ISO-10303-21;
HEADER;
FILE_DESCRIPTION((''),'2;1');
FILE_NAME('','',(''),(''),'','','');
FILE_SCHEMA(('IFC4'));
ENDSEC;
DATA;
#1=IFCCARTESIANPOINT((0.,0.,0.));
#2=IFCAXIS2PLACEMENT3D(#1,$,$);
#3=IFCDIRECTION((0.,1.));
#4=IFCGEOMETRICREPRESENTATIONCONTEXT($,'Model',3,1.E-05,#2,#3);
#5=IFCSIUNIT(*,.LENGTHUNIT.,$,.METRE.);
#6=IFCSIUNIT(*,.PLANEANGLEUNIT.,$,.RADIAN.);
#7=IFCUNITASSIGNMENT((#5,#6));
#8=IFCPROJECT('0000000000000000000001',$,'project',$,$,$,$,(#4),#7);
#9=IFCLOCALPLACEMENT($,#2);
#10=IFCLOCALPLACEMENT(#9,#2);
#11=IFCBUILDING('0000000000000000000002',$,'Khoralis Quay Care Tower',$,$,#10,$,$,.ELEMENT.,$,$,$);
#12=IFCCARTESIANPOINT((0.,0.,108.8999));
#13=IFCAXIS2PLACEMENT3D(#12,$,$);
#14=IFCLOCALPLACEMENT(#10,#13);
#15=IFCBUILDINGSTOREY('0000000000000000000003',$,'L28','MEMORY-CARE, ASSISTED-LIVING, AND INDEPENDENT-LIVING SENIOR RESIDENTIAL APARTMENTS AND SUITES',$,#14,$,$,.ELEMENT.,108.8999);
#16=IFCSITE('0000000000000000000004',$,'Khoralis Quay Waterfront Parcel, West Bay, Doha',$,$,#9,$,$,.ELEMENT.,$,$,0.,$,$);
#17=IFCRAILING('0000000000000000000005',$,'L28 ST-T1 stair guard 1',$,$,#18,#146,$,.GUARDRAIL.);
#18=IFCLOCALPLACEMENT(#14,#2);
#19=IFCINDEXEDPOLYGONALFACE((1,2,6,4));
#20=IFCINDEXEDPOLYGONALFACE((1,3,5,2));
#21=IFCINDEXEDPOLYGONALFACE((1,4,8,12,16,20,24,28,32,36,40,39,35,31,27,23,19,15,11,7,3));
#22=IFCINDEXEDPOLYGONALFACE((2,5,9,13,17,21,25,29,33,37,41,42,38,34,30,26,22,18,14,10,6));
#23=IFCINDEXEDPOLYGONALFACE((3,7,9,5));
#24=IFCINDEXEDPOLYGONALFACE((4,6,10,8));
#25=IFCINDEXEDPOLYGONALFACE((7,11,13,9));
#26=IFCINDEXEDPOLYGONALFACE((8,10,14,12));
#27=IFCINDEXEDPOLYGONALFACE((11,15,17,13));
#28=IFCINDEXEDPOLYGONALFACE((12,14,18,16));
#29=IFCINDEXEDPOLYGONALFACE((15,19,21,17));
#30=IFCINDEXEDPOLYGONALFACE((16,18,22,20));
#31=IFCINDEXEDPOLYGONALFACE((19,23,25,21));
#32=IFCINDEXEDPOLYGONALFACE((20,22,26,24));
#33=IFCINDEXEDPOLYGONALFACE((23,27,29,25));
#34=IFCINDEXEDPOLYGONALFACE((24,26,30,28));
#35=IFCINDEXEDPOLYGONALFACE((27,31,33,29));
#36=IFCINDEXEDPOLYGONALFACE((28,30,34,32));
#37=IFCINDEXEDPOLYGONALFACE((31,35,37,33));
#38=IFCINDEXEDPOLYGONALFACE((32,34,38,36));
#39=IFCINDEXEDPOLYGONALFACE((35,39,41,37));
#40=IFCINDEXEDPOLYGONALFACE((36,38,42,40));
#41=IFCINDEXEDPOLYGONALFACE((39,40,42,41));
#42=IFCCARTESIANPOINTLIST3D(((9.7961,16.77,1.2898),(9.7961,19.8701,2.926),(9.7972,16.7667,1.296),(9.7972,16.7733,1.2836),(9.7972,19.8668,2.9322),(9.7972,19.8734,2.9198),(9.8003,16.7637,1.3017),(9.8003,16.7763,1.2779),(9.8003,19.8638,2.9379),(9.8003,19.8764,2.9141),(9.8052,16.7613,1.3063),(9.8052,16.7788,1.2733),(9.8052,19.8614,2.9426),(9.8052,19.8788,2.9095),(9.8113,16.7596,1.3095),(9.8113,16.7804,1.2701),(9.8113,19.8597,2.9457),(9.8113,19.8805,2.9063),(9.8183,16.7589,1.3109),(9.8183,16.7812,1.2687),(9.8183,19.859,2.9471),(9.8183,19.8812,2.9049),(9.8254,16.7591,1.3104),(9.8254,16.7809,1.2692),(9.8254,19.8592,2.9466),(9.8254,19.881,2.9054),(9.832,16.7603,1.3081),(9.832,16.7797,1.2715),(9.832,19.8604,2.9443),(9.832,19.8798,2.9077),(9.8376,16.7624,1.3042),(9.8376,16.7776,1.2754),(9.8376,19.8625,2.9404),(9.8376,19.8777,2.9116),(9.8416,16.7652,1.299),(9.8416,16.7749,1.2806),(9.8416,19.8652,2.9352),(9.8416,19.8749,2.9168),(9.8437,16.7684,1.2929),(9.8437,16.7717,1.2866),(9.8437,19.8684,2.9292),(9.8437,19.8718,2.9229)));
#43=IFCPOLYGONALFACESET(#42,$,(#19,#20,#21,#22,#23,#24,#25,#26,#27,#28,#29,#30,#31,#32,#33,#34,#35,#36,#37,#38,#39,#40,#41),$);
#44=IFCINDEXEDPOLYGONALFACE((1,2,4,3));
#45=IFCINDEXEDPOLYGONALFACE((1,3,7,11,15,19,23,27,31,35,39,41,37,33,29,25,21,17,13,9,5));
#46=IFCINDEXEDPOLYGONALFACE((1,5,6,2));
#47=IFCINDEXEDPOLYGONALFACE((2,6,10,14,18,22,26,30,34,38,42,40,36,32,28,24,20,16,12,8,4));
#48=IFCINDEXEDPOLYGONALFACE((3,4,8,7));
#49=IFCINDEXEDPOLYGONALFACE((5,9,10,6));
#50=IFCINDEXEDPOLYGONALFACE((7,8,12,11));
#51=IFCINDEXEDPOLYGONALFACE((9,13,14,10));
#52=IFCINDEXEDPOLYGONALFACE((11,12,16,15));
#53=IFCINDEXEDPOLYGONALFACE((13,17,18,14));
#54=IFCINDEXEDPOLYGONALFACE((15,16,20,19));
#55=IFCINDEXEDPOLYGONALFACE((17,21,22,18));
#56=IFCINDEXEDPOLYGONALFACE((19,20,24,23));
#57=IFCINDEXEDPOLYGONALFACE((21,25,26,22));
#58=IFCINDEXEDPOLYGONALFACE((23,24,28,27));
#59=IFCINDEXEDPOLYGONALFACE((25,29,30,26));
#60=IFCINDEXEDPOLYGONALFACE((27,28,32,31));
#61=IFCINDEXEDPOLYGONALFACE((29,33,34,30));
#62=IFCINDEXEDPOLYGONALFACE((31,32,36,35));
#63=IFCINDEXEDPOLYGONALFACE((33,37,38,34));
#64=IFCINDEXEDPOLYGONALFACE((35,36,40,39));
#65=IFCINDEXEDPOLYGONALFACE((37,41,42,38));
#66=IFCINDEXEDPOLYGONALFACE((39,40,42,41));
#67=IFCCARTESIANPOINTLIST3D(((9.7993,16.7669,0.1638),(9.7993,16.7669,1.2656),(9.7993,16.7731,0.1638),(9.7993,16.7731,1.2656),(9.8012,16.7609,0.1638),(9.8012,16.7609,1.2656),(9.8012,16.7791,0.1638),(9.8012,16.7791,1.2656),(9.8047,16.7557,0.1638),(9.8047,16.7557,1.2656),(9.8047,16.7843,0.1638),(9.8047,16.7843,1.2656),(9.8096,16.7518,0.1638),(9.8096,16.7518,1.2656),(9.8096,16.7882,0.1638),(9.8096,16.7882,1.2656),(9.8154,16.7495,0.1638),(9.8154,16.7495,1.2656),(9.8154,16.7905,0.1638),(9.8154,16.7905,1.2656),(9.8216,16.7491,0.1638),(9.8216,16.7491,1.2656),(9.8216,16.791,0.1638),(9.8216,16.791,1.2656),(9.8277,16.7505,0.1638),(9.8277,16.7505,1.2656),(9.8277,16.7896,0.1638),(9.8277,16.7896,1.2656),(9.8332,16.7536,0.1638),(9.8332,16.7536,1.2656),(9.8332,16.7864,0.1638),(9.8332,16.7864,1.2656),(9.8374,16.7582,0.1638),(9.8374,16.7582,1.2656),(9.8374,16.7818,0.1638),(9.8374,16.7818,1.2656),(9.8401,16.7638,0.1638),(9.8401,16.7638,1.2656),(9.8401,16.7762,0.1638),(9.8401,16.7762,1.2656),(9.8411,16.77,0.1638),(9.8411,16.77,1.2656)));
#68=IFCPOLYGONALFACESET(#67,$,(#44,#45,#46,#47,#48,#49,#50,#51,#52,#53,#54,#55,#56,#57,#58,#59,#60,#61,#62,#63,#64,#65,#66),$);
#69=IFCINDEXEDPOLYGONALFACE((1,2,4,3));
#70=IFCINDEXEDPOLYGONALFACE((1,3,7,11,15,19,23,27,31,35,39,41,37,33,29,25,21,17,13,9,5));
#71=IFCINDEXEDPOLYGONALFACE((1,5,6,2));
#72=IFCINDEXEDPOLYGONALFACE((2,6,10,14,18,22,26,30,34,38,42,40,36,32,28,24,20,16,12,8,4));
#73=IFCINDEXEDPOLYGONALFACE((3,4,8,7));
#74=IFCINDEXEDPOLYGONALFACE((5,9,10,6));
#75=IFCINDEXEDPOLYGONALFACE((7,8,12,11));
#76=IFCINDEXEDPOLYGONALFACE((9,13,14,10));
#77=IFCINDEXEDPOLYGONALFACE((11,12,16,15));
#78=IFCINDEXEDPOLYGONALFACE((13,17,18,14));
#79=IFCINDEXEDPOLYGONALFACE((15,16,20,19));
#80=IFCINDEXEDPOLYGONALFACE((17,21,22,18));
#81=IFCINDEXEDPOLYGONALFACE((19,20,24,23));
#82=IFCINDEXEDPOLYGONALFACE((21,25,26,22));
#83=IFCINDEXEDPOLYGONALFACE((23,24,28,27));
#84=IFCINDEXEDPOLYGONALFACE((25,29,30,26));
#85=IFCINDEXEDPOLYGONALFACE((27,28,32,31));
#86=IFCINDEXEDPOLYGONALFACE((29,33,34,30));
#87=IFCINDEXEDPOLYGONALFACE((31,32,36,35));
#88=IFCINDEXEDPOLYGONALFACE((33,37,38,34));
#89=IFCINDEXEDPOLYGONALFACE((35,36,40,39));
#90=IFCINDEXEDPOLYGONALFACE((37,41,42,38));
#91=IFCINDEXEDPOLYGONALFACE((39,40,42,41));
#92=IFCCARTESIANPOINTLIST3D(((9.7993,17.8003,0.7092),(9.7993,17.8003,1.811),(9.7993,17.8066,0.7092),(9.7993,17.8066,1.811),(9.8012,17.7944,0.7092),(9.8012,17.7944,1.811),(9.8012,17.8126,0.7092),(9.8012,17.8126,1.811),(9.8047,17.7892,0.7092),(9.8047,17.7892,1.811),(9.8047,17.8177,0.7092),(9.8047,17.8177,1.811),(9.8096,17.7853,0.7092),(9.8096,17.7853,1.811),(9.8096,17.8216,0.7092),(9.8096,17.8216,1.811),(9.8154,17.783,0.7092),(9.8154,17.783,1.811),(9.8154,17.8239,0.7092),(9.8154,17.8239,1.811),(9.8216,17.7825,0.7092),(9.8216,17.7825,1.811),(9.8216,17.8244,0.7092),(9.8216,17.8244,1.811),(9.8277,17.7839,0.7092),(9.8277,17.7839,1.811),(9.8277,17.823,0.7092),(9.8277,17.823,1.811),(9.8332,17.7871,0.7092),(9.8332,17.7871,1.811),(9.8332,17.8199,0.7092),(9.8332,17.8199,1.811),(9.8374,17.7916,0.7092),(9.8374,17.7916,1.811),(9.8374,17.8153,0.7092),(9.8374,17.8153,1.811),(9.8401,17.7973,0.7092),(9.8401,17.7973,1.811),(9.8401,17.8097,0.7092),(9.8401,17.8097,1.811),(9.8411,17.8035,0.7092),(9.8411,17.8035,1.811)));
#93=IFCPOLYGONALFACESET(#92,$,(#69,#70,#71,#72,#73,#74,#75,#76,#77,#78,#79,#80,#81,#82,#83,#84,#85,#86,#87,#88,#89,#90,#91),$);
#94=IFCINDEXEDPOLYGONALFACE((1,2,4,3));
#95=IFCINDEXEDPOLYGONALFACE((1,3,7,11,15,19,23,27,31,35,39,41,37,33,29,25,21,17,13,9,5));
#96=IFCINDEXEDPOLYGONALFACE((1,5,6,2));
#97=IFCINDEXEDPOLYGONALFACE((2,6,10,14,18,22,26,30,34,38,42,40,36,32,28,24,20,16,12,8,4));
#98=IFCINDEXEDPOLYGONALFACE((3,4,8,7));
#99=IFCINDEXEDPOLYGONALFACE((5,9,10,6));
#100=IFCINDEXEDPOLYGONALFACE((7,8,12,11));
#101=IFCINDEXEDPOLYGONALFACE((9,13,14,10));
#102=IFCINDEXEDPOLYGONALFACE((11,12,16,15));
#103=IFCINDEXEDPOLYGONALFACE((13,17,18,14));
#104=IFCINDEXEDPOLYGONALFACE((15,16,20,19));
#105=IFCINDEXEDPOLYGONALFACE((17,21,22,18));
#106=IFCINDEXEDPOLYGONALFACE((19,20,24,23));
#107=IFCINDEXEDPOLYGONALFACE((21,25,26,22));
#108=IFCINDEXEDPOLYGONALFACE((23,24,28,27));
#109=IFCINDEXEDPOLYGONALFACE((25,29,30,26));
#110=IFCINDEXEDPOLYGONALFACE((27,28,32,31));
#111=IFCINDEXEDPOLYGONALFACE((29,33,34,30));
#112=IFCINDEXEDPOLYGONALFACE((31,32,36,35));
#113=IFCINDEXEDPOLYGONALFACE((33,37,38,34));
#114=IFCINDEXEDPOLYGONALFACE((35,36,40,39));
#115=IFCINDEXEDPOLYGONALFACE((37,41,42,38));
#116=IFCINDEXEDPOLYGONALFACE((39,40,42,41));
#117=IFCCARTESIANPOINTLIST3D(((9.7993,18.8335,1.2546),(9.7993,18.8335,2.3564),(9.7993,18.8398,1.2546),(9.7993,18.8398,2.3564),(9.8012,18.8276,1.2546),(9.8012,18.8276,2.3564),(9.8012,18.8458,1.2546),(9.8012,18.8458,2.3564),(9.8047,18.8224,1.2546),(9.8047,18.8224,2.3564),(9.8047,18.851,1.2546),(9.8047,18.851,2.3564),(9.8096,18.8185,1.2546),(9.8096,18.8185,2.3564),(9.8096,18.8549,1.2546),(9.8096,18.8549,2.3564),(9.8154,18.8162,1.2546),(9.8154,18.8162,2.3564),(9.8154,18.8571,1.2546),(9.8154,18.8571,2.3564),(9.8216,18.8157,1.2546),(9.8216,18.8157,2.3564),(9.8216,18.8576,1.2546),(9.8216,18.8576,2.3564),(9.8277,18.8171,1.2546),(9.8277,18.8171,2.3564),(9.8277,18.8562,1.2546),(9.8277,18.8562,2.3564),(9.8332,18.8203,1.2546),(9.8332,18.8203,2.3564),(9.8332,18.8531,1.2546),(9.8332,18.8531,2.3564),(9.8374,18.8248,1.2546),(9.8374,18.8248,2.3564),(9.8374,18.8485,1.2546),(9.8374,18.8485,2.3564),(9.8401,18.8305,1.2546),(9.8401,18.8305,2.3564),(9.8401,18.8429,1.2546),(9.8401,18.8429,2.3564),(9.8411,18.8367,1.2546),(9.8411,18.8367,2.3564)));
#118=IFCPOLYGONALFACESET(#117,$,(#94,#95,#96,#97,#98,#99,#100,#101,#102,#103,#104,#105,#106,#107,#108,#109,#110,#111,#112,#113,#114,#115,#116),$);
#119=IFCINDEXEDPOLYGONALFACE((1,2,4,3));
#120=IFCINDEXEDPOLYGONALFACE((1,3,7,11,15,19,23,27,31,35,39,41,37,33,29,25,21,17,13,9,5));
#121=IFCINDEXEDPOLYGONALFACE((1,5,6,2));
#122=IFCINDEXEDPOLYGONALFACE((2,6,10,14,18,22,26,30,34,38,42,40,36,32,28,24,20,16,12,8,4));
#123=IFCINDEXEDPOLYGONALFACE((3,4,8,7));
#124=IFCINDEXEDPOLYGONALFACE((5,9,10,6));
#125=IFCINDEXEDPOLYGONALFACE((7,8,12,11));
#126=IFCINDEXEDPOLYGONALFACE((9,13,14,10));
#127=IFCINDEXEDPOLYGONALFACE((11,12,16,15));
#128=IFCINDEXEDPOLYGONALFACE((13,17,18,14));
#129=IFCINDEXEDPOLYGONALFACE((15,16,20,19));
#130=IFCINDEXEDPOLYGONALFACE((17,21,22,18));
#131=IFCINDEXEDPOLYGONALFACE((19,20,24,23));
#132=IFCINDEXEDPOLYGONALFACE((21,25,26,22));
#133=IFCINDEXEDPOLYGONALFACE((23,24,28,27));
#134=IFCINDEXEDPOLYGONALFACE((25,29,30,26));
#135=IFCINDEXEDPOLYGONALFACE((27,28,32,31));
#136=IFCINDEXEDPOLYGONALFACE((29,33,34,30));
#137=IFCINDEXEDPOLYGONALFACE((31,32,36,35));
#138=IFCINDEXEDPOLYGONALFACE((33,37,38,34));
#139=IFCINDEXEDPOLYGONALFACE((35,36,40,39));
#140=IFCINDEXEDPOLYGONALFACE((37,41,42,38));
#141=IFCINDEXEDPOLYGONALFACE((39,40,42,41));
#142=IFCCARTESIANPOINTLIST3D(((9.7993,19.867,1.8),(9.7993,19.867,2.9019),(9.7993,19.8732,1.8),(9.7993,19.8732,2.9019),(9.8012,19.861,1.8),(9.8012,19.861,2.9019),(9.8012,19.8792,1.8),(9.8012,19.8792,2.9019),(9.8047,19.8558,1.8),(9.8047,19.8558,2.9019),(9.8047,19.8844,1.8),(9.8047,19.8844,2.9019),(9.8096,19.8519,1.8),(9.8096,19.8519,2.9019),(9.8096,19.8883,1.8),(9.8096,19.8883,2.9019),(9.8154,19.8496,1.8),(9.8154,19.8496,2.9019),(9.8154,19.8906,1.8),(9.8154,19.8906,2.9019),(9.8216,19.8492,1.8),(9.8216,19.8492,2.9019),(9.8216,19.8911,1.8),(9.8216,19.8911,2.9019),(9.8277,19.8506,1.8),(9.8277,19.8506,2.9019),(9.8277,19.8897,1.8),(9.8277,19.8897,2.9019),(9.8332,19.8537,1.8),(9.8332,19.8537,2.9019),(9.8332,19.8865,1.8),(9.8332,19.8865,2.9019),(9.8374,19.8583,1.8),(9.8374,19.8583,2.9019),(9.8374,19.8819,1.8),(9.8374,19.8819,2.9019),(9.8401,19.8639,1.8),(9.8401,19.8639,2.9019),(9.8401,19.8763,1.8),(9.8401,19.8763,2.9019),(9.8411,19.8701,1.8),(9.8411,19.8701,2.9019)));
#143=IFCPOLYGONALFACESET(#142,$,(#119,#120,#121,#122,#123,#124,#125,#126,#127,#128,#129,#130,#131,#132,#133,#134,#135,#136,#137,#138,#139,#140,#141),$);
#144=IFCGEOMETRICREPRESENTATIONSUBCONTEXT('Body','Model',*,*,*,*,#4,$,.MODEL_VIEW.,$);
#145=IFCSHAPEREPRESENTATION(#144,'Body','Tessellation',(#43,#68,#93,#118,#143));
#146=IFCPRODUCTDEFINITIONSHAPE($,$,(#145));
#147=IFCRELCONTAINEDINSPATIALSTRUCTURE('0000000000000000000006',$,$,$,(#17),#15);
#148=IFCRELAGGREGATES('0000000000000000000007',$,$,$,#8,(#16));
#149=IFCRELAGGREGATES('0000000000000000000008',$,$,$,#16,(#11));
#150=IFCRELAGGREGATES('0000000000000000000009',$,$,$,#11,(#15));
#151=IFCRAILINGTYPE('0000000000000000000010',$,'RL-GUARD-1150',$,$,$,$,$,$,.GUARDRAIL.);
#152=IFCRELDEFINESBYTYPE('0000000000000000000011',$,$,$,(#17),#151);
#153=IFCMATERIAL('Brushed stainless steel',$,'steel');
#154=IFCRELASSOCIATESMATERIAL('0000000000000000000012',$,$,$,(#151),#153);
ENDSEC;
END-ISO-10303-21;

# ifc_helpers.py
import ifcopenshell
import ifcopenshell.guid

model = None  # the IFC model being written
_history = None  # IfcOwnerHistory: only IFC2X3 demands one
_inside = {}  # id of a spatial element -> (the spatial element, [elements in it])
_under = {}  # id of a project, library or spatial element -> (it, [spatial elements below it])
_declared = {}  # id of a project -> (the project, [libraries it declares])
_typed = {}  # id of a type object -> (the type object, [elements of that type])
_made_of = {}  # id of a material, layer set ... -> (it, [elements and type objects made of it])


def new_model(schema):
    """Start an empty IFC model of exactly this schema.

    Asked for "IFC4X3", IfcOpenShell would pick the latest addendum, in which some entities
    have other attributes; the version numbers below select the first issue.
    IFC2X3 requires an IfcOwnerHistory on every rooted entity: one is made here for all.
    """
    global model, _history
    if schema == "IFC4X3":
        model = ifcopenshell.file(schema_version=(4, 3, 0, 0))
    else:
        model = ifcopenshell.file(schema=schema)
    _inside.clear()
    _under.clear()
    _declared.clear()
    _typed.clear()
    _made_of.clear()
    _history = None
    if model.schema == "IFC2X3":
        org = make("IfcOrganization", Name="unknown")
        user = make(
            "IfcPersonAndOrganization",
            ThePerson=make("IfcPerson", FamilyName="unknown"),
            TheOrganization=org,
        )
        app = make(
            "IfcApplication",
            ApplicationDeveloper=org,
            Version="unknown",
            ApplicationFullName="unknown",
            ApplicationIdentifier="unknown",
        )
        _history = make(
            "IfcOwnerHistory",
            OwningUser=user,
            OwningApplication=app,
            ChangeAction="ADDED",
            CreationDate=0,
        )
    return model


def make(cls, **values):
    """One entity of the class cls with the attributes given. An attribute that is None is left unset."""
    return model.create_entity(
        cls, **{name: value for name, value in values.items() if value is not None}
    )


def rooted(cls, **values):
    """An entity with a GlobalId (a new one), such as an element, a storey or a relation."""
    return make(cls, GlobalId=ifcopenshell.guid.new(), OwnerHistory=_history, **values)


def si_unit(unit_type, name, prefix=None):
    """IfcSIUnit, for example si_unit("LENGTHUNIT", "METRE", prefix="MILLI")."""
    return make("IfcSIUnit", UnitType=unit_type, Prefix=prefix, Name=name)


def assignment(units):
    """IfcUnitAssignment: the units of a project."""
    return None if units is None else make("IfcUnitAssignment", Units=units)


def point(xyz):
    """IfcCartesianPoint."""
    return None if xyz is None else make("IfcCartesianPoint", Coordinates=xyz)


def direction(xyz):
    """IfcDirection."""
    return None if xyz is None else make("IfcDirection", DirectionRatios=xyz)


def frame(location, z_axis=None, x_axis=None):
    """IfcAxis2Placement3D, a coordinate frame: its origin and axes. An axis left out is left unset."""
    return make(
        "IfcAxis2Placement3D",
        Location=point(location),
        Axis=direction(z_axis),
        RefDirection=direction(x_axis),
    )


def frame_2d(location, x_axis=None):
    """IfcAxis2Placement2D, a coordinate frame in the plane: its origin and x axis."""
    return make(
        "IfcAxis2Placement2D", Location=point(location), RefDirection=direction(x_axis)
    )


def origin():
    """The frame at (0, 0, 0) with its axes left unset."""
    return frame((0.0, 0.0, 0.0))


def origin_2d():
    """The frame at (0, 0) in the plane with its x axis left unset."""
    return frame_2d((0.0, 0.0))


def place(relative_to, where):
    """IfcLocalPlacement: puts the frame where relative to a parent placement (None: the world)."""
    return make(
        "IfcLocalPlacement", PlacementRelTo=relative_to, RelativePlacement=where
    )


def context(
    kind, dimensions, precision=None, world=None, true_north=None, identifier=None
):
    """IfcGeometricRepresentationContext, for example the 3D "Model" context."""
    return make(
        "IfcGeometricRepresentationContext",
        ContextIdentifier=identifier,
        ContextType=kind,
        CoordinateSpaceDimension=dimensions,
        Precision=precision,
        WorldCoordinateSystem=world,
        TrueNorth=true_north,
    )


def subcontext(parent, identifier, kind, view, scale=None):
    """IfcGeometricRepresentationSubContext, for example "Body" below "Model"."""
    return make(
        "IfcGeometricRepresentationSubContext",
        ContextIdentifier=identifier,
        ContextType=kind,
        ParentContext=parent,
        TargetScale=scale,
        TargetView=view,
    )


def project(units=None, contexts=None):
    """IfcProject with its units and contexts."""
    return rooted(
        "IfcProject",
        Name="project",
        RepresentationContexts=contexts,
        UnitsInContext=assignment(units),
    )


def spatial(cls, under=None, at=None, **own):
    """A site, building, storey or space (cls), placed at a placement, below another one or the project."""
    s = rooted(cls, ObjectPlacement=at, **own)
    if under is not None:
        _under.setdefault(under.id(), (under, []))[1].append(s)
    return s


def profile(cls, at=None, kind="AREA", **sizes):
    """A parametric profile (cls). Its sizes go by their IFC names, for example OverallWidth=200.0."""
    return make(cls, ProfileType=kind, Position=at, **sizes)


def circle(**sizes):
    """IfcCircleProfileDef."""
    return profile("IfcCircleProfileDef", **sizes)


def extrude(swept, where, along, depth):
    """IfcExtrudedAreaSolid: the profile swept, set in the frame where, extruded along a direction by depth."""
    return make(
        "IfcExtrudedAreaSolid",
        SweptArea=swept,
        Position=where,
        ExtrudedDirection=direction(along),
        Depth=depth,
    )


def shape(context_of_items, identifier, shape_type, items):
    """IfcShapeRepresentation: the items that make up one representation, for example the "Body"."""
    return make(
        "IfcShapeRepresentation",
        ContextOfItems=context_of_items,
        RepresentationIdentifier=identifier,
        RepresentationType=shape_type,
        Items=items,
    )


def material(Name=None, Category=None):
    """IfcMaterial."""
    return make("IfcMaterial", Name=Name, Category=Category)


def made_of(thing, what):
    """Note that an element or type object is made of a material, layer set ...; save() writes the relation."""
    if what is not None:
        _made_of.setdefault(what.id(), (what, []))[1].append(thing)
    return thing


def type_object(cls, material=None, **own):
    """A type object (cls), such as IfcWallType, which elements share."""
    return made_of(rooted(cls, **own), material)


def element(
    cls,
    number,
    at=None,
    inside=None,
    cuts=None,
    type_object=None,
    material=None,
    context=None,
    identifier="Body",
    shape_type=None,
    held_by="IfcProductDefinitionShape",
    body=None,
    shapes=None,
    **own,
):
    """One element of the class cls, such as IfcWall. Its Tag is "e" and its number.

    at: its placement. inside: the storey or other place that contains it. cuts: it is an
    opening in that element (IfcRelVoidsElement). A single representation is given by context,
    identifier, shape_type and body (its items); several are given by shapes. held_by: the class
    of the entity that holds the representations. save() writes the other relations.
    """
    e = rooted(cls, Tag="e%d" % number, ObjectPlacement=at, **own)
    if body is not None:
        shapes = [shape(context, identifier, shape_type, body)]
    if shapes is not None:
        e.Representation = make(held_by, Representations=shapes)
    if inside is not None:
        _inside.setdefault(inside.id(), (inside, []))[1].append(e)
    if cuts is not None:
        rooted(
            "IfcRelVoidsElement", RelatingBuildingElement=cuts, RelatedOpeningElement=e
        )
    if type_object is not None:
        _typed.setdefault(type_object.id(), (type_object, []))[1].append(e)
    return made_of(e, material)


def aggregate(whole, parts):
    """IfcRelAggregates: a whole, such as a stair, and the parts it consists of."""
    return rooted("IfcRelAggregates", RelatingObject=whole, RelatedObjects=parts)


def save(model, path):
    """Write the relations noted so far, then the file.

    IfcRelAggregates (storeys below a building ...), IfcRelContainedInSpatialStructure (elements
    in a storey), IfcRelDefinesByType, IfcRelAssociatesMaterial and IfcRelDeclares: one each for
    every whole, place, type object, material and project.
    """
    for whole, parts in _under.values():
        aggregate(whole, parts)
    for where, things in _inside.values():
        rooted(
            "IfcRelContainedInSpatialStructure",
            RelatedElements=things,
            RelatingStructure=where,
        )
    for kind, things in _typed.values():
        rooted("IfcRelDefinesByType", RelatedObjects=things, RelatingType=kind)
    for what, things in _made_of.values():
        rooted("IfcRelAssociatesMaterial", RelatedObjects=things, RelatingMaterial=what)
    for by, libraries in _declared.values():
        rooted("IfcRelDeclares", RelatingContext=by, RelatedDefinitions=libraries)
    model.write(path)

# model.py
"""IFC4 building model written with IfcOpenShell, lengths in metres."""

from ifc_helpers import new_model, si_unit, direction, frame, origin, origin_2d, place, context, subcontext, project, spatial, circle, extrude, material, type_object, element, save


model = new_model("IFC4")

# Units and contexts
model_context = context("Model", 3, precision=1e-05, world=origin(), true_north=direction((0.0, 1.0)))
body_context = subcontext(model_context, "Body", "Model", "MODEL_VIEW")
ifc_project = project(units=[si_unit("LENGTHUNIT", "METRE"), si_unit("PLANEANGLEUNIT", "RADIAN")], contexts=[model_context])

# Site, building, storey
site_placement = place(None, origin())
site = spatial("IfcSite", under=ifc_project, at=site_placement, Name="Khoralis Quay Waterfront Parcel, West Bay, Doha", CompositionType="ELEMENT", RefElevation=0.0)
building_placement = place(site_placement, origin())
building = spatial("IfcBuilding", under=site, at=building_placement, Name="Khoralis Quay Care Tower", CompositionType="ELEMENT")
storey_placement = place(building_placement, frame((0.0, 0.0, 108.8999)))
storey = spatial("IfcBuildingStorey", under=building, at=storey_placement, Name="L28", Description="MEMORY-CARE, ASSISTED-LIVING, AND INDEPENDENT-LIVING SENIOR RESIDENTIAL APARTMENTS AND SUITES", CompositionType="ELEMENT", Elevation=108.8999)

# Shared definitions
ifc_material_1 = material(Name="Brushed stainless steel", Category="steel")

# Railing
railing_type_1 = type_object("IfcRailingType", Name="RL-GUARD-1150", PredefinedType="GUARDRAIL", material=ifc_material_1)
railing_1_placement = place(storey_placement, frame((9.8201, 16.77, 0.1638)))
element("IfcRailing", 1, at=railing_1_placement, inside=storey, type_object=railing_type_1, Name="L28 ST-T1 stair guard 1", PredefinedType="GUARDRAIL", context=body_context, shape_type="SweptSolid", body=[
    extrude(circle(Radius=0.0239, at=origin_2d()), frame((0.0, 0.0, 1.126), z_axis=(0.0, 0.884377, 0.466774), x_axis=(-1.0, 0.0, 0.0)), (0.0, 0.0, 1.0), 3.5054),
    extrude(circle(Radius=0.021, at=origin_2d()), origin(), (0.0, 0.0, 1.0), 1.1018),
    extrude(circle(Radius=0.021, at=origin_2d()), frame((0.0, 1.0334, 0.5454)), (0.0, 0.0, 1.0), 1.1018),
    extrude(circle(Radius=0.021, at=origin_2d()), frame((0.0, 2.0667, 1.0908)), (0.0, 0.0, 1.0), 1.1018),
    extrude(circle(Radius=0.021, at=origin_2d()), frame((0.0, 3.1001, 1.6362)), (0.0, 0.0, 1.0), 1.1018),
])

save(model, "model.ifc")
